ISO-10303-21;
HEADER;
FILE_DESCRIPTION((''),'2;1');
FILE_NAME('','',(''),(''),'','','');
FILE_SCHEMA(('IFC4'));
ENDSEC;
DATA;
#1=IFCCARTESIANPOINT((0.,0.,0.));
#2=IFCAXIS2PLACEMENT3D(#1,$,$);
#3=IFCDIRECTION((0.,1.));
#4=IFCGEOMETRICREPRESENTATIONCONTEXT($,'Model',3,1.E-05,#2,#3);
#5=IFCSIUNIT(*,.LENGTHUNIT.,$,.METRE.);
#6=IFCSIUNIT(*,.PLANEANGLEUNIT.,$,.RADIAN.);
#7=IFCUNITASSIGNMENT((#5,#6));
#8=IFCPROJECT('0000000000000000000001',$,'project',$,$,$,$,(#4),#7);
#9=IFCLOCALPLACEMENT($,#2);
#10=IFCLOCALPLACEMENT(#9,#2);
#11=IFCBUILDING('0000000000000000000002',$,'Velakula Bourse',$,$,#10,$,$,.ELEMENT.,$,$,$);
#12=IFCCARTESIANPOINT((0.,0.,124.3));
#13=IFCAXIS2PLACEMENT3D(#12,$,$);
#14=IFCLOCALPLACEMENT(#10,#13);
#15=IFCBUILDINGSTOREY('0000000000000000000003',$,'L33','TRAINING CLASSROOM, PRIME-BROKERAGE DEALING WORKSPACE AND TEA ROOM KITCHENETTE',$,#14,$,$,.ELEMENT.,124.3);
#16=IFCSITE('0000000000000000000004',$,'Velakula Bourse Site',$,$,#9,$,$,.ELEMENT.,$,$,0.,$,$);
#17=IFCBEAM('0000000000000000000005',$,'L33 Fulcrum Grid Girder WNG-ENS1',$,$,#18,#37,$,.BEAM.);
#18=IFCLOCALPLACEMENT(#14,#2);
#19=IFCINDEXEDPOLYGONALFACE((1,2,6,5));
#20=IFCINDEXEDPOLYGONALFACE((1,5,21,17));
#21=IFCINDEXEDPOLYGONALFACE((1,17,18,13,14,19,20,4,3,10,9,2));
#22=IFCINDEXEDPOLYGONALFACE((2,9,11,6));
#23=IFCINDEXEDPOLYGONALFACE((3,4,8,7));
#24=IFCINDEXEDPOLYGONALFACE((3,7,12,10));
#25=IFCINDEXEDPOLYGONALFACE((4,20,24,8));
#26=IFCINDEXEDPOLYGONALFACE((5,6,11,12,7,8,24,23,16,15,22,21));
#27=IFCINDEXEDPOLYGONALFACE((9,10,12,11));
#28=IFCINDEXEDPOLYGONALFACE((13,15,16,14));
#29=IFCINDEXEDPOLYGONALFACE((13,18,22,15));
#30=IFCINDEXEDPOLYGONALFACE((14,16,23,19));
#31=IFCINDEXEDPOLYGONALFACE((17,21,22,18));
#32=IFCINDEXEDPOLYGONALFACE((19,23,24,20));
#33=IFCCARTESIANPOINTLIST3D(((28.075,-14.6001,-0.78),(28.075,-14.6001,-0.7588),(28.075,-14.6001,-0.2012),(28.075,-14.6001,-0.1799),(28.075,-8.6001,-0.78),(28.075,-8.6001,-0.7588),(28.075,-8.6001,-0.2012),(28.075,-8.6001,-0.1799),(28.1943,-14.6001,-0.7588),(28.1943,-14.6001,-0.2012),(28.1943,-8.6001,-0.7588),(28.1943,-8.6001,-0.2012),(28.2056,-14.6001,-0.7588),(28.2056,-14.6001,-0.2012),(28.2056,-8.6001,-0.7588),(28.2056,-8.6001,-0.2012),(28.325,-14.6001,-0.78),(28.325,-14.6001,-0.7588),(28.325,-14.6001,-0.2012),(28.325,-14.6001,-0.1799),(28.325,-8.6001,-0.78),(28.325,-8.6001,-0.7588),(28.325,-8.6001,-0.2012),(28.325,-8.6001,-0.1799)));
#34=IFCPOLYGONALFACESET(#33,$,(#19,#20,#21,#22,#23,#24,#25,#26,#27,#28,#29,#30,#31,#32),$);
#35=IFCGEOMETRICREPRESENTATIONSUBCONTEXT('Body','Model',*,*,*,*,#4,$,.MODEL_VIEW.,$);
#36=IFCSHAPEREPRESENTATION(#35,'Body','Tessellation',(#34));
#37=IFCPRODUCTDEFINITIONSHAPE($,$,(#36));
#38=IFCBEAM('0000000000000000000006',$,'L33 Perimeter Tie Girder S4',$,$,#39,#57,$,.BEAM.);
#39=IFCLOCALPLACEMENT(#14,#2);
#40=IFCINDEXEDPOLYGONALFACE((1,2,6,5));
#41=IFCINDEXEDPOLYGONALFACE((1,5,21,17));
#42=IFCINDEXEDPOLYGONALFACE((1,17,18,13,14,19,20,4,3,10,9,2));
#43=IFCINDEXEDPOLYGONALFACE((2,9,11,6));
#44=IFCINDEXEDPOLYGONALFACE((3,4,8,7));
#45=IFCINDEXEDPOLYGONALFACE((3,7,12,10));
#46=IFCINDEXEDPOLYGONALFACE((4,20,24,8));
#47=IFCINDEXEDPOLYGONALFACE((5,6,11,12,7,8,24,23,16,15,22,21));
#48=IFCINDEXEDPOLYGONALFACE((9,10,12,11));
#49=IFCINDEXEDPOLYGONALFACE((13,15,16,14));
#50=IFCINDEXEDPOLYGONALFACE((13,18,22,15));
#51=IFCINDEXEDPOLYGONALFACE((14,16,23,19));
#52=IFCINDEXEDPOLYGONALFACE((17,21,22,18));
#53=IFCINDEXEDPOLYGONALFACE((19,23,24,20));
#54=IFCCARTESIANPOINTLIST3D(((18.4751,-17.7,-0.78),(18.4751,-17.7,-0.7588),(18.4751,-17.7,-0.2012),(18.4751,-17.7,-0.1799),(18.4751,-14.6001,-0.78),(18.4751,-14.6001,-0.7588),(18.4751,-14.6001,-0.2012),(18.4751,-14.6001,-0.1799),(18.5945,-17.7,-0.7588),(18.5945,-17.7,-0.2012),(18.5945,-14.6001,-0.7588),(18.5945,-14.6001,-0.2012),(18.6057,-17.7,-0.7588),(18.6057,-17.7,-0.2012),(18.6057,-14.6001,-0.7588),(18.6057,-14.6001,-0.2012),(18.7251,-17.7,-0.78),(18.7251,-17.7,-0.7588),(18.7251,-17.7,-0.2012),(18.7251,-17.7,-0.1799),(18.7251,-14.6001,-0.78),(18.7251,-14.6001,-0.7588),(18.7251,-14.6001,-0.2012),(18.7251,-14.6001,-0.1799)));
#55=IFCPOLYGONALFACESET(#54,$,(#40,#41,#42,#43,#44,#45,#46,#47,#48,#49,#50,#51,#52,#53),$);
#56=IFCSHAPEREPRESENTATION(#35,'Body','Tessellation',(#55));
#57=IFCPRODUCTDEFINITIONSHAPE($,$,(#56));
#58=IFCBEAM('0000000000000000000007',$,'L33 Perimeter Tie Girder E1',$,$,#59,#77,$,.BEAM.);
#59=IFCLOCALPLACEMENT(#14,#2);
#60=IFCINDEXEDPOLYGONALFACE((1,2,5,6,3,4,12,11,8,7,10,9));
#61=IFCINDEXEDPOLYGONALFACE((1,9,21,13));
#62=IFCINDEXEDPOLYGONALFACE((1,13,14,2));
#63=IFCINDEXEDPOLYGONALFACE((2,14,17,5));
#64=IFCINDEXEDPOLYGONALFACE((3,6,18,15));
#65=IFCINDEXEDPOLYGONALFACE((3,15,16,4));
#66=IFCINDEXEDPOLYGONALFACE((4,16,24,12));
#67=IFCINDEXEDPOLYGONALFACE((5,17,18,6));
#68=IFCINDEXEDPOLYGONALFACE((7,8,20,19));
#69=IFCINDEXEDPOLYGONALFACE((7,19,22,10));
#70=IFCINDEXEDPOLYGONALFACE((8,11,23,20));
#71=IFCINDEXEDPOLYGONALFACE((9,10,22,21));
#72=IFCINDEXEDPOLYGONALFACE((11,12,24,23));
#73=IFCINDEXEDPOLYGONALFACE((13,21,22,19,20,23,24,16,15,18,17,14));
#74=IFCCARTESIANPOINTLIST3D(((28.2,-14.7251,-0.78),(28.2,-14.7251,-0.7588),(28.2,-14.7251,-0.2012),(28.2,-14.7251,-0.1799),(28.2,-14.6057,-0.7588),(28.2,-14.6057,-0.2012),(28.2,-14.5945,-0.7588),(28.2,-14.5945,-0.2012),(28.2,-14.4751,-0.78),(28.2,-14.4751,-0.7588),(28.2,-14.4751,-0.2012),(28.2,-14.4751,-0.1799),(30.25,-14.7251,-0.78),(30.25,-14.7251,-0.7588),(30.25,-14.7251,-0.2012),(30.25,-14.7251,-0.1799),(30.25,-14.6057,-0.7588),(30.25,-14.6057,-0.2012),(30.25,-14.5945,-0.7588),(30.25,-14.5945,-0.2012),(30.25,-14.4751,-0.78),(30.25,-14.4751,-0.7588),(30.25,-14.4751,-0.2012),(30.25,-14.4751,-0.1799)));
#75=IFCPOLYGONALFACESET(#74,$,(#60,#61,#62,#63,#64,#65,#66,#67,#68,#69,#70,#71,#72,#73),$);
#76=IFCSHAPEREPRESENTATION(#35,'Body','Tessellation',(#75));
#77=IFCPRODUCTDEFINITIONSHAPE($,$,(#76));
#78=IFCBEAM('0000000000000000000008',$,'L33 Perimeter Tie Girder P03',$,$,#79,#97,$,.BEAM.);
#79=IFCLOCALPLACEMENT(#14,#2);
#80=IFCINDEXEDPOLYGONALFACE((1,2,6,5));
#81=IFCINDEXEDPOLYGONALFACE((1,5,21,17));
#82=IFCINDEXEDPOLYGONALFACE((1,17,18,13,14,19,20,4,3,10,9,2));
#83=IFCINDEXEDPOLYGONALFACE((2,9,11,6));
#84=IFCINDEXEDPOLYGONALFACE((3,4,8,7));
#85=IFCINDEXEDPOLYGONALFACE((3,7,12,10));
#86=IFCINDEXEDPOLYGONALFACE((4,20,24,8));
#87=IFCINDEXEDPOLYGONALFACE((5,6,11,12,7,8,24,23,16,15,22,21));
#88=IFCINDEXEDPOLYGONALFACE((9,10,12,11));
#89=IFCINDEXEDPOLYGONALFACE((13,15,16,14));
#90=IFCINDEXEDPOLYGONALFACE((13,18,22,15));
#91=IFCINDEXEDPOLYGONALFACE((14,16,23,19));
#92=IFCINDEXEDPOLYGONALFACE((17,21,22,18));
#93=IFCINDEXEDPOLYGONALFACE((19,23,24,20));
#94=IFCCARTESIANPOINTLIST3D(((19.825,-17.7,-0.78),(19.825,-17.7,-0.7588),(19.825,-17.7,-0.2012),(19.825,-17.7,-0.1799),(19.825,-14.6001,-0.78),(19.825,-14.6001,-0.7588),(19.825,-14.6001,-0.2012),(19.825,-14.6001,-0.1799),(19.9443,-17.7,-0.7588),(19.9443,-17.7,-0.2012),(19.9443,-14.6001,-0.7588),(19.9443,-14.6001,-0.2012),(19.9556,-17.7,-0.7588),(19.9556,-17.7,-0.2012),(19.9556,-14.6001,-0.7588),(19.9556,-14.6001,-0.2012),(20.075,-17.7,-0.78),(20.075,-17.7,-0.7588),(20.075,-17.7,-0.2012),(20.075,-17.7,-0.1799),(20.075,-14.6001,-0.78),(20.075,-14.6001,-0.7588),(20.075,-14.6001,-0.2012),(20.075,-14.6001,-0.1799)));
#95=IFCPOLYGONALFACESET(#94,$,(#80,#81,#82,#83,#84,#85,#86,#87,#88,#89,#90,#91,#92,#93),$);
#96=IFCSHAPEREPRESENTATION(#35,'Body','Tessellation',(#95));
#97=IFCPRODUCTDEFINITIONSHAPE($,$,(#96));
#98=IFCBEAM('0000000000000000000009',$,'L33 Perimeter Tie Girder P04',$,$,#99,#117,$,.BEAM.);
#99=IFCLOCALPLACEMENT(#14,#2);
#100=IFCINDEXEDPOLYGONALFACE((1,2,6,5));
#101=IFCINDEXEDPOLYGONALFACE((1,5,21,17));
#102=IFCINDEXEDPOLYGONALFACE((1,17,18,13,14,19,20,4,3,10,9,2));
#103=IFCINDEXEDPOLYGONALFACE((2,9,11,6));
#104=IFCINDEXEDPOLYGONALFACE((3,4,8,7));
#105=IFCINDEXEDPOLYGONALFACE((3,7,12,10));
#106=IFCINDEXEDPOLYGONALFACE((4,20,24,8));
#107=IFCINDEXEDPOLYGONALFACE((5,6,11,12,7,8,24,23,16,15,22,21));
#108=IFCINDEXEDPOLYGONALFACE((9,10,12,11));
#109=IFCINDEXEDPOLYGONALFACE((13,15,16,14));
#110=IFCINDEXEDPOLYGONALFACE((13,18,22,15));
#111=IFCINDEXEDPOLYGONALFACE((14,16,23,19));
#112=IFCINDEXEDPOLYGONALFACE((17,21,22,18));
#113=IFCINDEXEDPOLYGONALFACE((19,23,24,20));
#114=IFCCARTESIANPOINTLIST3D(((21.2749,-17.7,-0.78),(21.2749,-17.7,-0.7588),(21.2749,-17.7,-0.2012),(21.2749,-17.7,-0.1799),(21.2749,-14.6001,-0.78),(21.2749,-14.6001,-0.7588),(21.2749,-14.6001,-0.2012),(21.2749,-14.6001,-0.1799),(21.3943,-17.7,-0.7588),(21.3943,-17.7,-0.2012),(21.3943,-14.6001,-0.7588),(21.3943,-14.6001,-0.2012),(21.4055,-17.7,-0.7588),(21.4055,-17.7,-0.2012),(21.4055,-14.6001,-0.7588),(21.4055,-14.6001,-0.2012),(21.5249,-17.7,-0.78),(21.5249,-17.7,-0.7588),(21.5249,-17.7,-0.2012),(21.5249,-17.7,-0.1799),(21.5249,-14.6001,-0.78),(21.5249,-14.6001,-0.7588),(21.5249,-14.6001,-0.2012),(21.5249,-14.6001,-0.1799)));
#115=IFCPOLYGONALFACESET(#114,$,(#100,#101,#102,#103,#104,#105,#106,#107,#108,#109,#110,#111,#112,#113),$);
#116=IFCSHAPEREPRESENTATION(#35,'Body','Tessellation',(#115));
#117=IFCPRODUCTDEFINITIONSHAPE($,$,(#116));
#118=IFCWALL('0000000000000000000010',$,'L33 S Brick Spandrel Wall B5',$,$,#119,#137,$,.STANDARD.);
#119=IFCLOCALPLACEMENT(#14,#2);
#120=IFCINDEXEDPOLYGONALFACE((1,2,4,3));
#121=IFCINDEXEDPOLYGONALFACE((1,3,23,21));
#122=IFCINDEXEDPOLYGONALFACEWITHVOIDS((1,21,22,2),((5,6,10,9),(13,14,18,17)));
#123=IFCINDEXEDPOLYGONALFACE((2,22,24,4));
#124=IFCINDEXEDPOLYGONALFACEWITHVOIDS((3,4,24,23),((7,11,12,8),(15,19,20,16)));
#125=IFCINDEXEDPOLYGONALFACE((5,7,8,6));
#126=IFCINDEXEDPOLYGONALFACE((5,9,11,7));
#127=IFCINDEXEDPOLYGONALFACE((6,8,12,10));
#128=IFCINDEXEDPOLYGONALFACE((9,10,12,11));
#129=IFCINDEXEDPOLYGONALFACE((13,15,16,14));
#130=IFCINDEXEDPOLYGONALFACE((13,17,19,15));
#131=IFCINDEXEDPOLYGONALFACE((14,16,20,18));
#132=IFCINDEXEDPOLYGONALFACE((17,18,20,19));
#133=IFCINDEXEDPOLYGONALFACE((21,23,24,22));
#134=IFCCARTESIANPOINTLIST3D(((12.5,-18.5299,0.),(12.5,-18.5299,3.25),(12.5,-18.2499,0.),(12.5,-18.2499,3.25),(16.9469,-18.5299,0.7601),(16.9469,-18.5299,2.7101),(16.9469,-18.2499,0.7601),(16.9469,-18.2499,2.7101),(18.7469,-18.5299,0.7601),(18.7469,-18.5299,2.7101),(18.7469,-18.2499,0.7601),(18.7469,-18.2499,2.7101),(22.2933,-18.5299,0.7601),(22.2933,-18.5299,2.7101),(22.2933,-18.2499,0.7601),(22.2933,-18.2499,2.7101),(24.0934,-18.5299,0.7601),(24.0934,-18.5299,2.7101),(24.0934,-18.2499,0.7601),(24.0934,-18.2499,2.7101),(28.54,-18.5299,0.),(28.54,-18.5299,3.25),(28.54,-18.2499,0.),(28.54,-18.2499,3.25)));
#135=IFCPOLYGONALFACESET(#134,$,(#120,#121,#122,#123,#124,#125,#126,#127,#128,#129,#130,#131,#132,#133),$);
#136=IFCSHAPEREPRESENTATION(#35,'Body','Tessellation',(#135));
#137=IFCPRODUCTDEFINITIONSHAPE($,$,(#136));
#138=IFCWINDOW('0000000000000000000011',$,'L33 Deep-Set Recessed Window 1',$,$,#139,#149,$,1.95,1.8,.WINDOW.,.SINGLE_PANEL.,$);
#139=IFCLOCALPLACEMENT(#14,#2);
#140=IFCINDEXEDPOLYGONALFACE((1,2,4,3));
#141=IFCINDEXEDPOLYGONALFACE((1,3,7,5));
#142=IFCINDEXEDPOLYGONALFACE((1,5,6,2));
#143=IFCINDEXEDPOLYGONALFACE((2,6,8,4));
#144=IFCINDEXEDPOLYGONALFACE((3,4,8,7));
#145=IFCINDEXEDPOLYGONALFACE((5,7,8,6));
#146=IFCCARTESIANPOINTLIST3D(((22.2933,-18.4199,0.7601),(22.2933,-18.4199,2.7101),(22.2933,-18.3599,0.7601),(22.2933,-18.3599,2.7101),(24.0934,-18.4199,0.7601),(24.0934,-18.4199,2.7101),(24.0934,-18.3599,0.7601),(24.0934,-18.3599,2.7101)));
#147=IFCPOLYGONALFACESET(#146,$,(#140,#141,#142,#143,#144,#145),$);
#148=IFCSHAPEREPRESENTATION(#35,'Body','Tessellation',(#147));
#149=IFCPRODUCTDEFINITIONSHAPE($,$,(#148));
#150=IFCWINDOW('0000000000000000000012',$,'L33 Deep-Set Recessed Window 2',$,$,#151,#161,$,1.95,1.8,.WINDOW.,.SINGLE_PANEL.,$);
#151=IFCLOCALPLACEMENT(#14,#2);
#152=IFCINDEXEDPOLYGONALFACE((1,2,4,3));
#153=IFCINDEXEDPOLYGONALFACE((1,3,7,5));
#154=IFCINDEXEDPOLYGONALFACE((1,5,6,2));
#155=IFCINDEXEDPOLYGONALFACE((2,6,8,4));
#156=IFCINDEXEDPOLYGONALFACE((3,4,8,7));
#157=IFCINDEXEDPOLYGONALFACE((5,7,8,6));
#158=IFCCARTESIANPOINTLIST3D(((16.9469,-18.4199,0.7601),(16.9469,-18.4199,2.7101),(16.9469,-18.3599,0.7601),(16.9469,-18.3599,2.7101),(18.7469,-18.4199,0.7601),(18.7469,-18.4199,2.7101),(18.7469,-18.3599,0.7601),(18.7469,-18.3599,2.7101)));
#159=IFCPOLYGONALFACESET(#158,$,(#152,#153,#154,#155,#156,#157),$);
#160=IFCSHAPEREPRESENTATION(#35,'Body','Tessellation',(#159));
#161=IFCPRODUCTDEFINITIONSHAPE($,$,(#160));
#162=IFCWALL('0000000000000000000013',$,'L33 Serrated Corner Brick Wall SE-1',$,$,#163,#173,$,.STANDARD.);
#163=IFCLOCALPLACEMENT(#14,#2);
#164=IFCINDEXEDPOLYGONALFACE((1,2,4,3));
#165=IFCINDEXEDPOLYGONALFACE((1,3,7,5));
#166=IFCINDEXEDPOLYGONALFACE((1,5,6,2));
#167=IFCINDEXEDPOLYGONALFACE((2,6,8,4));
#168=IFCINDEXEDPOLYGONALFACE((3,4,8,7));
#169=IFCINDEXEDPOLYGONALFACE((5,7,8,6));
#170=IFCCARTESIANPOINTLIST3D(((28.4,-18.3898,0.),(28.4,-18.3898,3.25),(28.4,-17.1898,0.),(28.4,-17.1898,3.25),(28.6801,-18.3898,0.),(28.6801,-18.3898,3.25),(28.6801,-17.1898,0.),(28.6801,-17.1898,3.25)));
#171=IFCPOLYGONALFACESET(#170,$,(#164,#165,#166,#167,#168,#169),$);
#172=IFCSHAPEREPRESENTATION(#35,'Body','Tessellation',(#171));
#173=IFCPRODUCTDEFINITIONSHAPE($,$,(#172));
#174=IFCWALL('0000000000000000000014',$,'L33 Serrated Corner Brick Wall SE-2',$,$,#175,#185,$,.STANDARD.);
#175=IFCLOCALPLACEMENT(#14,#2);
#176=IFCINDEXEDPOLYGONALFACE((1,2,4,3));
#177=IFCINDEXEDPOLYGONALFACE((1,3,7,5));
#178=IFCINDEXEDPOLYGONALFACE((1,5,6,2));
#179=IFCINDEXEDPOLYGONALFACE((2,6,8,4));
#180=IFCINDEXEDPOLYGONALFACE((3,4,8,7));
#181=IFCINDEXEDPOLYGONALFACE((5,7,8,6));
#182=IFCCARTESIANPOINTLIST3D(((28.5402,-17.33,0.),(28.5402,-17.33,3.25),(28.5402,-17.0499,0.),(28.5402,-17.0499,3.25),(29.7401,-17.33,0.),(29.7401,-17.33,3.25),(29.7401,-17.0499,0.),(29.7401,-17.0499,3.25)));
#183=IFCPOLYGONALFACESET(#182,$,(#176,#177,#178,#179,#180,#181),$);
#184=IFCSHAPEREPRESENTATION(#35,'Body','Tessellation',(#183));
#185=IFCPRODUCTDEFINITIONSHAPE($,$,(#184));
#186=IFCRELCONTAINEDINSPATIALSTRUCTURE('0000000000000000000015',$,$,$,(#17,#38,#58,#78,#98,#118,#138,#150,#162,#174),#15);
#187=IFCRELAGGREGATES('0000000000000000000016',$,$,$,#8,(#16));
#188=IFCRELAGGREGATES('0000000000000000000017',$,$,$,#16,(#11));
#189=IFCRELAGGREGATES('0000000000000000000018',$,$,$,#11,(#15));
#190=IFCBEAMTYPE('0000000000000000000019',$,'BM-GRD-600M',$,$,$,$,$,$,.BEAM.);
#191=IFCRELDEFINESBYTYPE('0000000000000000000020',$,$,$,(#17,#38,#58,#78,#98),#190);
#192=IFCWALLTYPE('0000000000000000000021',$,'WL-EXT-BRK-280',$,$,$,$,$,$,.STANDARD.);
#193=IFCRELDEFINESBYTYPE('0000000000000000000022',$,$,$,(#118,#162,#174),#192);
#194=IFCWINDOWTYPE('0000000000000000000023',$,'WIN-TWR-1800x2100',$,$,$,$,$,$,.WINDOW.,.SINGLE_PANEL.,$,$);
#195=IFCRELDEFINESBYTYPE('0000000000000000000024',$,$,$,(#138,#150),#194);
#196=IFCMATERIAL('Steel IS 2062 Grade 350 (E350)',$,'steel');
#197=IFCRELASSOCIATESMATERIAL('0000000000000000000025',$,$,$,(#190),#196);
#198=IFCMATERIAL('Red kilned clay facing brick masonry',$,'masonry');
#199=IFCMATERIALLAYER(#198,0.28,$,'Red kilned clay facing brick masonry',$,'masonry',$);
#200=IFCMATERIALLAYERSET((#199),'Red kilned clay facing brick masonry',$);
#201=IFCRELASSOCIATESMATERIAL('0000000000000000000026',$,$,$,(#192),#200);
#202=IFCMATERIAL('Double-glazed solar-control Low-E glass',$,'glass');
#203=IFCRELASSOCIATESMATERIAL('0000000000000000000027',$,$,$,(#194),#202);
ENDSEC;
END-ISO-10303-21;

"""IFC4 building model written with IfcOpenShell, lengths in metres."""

from ifc_helpers import new_model, si_unit, direction, frame, frame_2d, origin, origin_2d, place, context, subcontext, project, spatial, rectangle, i_section, extrude, material, layer, layer_set, material_profile, profile_set, type_object, element, fill, save


model = new_model("IFC4")

# Units and contexts
model_context = context("Model", 3, precision=1e-05, world=origin(), true_north=direction((0.0, 1.0)))
body_context = subcontext(model_context, "Body", "Model", "MODEL_VIEW")
ifc_project = project(units=[si_unit("LENGTHUNIT", "METRE"), si_unit("PLANEANGLEUNIT", "RADIAN")], contexts=[model_context])

# Site, building, storey
site_placement = place(None, origin())
site = spatial("IfcSite", under=ifc_project, at=site_placement, Name="Velakula Bourse Site", CompositionType="ELEMENT", RefElevation=0.0)
building_placement = place(site_placement, origin())
building = spatial("IfcBuilding", under=site, at=building_placement, Name="Velakula Bourse", CompositionType="ELEMENT")
storey_placement = place(building_placement, frame((0.0, 0.0, 124.3)))
storey = spatial("IfcBuildingStorey", under=building, at=storey_placement, Name="L33", Description="TRAINING CLASSROOM, PRIME-BROKERAGE DEALING WORKSPACE AND TEA ROOM KITCHENETTE", CompositionType="ELEMENT", Elevation=124.3)

# Shared definitions
ifc_material_1 = material(Name="Steel IS 2062 Grade 350 (E350)", Category="steel")

# Beams
ifc_material_profile_1 = material_profile(ifc_material_1, i_section(OverallWidth=0.25, OverallDepth=0.6001, WebThickness=0.0112, FlangeThickness=0.0212, at=origin_2d()), Name="Steel IS 2062 Grade 350 (E350)")
ifc_profile_set_1 = profile_set([ifc_material_profile_1], Name="Steel IS 2062 Grade 350 (E350)")
beam_type = type_object("IfcBeamType", Name="BM-GRD-600M", PredefinedType="BEAM", material=ifc_profile_set_1)
beam_1_placement = place(storey_placement, frame((28.2, -14.6001, -0.48), z_axis=(0.0, 1.0, 0.0), x_axis=(-1.0, 0.0, 0.0)))
element("IfcBeam", 1, at=beam_1_placement, inside=storey, type_object=beam_type, Name="L33 Fulcrum Grid Girder WNG-ENS1", PredefinedType="BEAM", context=body_context, shape_type="SweptSolid", body=[
    extrude(i_section(OverallWidth=0.25, OverallDepth=0.6001, WebThickness=0.0112, FlangeThickness=0.0212, at=origin_2d()), origin(), (0.0, 0.0, 1.0), 6.0),
])
beam_2_placement = place(storey_placement, frame((18.6001, -14.6001, -0.48), z_axis=(0.0, -1.0, 0.0), x_axis=(1.0, 0.0, 0.0)))
element("IfcBeam", 2, at=beam_2_placement, inside=storey, type_object=beam_type, Name="L33 Perimeter Tie Girder S4", PredefinedType="BEAM", context=body_context, shape_type="SweptSolid", body=[
    extrude(i_section(OverallWidth=0.25, OverallDepth=0.6001, WebThickness=0.0112, FlangeThickness=0.0212, at=origin_2d()), origin(), (0.0, 0.0, 1.0), 3.0999),
])
beam_3_placement = place(storey_placement, frame((28.2, -14.6001, -0.48), z_axis=(1.0, 0.0, 0.0), x_axis=(0.0, 1.0, 0.0)))
element("IfcBeam", 3, at=beam_3_placement, inside=storey, type_object=beam_type, Name="L33 Perimeter Tie Girder E1", PredefinedType="BEAM", context=body_context, shape_type="SweptSolid", body=[
    extrude(i_section(OverallWidth=0.25, OverallDepth=0.6001, WebThickness=0.0112, FlangeThickness=0.0212, at=origin_2d()), origin(), (0.0, 0.0, 1.0), 2.05),
])
for number, where, z_axis, x_axis, name in (
    (4, (19.95, -14.6001, -0.48), (0.0, -1.0, 0.0), (1.0, 0.0, 0.0), "L33 Perimeter Tie Girder P03"),
    (5, (21.3999, -14.6001, -0.48), (0.0, -1.0, 0.0), (1.0, 0.0, 0.0), "L33 Perimeter Tie Girder P04"),
):
    element("IfcBeam", number, at=place(storey_placement, frame(where, z_axis=z_axis, x_axis=x_axis)), inside=storey, type_object=beam_type, Name=name, PredefinedType="BEAM", context=body_context, shape_type="SweptSolid", body=[
        extrude(i_section(OverallWidth=0.25, OverallDepth=0.6001, WebThickness=0.0112, FlangeThickness=0.0212, at=origin_2d()), origin(), (0.0, 0.0, 1.0), 3.0999),
    ])

# Wall, openings, windows
ifc_material_2 = material(Name="Red kilned clay facing brick masonry", Category="masonry")
ifc_layer = layer(ifc_material_2, 0.28, Name="Red kilned clay facing brick masonry", Category="masonry")
ifc_layer_set = layer_set([ifc_layer], Name="Red kilned clay facing brick masonry")
wall_type = type_object("IfcWallType", Name="WL-EXT-BRK-280", PredefinedType="STANDARD", material=ifc_layer_set)
wall_placement = place(storey_placement, frame((28.54, -18.3899, 0.0), z_axis=(0.0, 0.0, 1.0), x_axis=(-1.0, 0.0, 0.0)))
wall = element("IfcWall", 6, at=wall_placement, inside=storey, type_object=wall_type, Name="L33 S Brick Spandrel Wall B5", PredefinedType="STANDARD", context=body_context, shape_type="SweptSolid", body=[
    extrude(rectangle(XDim=16.04, YDim=0.28, at=frame_2d((8.02, 0.0))), origin(), (0.0, 0.0, 1.0), 3.25),
])
opening_1_placement = place(wall_placement, frame((4.4468, 0.0, 0.76)))
opening_1 = element("IfcOpeningElement", 7, at=opening_1_placement, cuts=wall, PredefinedType="OPENING", context=body_context, shape_type="SweptSolid", body=[
    extrude(rectangle(XDim=1.8, YDim=1.95, at=frame_2d((0.8999, 0.9751))), frame((0.0, 0.1499, 0.0), z_axis=(0.0, -1.0, 0.0), x_axis=(1.0, 0.0, 0.0)), (0.0, 0.0, 1.0), 0.3),
])
opening_2_placement = place(wall_placement, frame((9.7932, 0.0, 0.76)))
opening_2 = element("IfcOpeningElement", 8, at=opening_2_placement, cuts=wall, PredefinedType="OPENING", context=body_context, shape_type="SweptSolid", body=[
    extrude(rectangle(XDim=1.8, YDim=1.95, at=frame_2d((0.8999, 0.9751))), frame((0.0, 0.1499, 0.0), z_axis=(0.0, -1.0, 0.0), x_axis=(1.0, 0.0, 0.0)), (0.0, 0.0, 1.0), 0.3),
])
ifc_material_3 = material(Name="Double-glazed solar-control Low-E glass", Category="glass")
window_type = type_object("IfcWindowType", Name="WIN-TWR-1800x2100", PartitioningType="SINGLE_PANEL", PredefinedType="WINDOW", material=ifc_material_3)
window_1_placement = place(opening_1_placement, origin())
window_1 = element("IfcWindow", 9, at=window_1_placement, inside=storey, type_object=window_type, Name="L33 Deep-Set Recessed Window 1", OverallHeight=1.95, OverallWidth=1.8, PartitioningType="SINGLE_PANEL", PredefinedType="WINDOW", context=body_context, shape_type="SweptSolid", body=[
    extrude(rectangle(XDim=1.8, YDim=1.95, at=frame_2d((0.8999, 0.9751))), frame((0.0, 0.03, 0.0), z_axis=(0.0, -1.0, 0.0), x_axis=(1.0, 0.0, 0.0)), (0.0, 0.0, 1.0), 0.0601),
])
fill(opening_1, window_1)
window_2_placement = place(opening_2_placement, origin())
window_2 = element("IfcWindow", 10, at=window_2_placement, inside=storey, type_object=window_type, Name="L33 Deep-Set Recessed Window 2", OverallHeight=1.95, OverallWidth=1.8, PartitioningType="SINGLE_PANEL", PredefinedType="WINDOW", context=body_context, shape_type="SweptSolid", body=[
    extrude(rectangle(XDim=1.8, YDim=1.95, at=frame_2d((0.8999, 0.9751))), frame((0.0, 0.03, 0.0), z_axis=(0.0, -1.0, 0.0), x_axis=(1.0, 0.0, 0.0)), (0.0, 0.0, 1.0), 0.0601),
])
fill(opening_2, window_2)

# Walls
for number, where, z_axis, x_axis, name in (
    (11, (28.54, -18.3899, 0.0), (0.0, 0.0, 1.0), (0.0, 1.0, 0.0), "L33 Serrated Corner Brick Wall SE-1"),
    (12, (28.54, -17.1899, 0.0), (0.0, 0.0, 1.0), (1.0, 0.0, 0.0), "L33 Serrated Corner Brick Wall SE-2"),
):
    element("IfcWall", number, at=place(storey_placement, frame(where, z_axis=z_axis, x_axis=x_axis)), inside=storey, type_object=wall_type, Name=name, PredefinedType="STANDARD", context=body_context, shape_type="SweptSolid", body=[
        extrude(rectangle(XDim=1.2, YDim=0.28, at=frame_2d((0.6001, 0.0))), origin(), (0.0, 0.0, 1.0), 3.25),
    ])

save(model, "model.ifc")
